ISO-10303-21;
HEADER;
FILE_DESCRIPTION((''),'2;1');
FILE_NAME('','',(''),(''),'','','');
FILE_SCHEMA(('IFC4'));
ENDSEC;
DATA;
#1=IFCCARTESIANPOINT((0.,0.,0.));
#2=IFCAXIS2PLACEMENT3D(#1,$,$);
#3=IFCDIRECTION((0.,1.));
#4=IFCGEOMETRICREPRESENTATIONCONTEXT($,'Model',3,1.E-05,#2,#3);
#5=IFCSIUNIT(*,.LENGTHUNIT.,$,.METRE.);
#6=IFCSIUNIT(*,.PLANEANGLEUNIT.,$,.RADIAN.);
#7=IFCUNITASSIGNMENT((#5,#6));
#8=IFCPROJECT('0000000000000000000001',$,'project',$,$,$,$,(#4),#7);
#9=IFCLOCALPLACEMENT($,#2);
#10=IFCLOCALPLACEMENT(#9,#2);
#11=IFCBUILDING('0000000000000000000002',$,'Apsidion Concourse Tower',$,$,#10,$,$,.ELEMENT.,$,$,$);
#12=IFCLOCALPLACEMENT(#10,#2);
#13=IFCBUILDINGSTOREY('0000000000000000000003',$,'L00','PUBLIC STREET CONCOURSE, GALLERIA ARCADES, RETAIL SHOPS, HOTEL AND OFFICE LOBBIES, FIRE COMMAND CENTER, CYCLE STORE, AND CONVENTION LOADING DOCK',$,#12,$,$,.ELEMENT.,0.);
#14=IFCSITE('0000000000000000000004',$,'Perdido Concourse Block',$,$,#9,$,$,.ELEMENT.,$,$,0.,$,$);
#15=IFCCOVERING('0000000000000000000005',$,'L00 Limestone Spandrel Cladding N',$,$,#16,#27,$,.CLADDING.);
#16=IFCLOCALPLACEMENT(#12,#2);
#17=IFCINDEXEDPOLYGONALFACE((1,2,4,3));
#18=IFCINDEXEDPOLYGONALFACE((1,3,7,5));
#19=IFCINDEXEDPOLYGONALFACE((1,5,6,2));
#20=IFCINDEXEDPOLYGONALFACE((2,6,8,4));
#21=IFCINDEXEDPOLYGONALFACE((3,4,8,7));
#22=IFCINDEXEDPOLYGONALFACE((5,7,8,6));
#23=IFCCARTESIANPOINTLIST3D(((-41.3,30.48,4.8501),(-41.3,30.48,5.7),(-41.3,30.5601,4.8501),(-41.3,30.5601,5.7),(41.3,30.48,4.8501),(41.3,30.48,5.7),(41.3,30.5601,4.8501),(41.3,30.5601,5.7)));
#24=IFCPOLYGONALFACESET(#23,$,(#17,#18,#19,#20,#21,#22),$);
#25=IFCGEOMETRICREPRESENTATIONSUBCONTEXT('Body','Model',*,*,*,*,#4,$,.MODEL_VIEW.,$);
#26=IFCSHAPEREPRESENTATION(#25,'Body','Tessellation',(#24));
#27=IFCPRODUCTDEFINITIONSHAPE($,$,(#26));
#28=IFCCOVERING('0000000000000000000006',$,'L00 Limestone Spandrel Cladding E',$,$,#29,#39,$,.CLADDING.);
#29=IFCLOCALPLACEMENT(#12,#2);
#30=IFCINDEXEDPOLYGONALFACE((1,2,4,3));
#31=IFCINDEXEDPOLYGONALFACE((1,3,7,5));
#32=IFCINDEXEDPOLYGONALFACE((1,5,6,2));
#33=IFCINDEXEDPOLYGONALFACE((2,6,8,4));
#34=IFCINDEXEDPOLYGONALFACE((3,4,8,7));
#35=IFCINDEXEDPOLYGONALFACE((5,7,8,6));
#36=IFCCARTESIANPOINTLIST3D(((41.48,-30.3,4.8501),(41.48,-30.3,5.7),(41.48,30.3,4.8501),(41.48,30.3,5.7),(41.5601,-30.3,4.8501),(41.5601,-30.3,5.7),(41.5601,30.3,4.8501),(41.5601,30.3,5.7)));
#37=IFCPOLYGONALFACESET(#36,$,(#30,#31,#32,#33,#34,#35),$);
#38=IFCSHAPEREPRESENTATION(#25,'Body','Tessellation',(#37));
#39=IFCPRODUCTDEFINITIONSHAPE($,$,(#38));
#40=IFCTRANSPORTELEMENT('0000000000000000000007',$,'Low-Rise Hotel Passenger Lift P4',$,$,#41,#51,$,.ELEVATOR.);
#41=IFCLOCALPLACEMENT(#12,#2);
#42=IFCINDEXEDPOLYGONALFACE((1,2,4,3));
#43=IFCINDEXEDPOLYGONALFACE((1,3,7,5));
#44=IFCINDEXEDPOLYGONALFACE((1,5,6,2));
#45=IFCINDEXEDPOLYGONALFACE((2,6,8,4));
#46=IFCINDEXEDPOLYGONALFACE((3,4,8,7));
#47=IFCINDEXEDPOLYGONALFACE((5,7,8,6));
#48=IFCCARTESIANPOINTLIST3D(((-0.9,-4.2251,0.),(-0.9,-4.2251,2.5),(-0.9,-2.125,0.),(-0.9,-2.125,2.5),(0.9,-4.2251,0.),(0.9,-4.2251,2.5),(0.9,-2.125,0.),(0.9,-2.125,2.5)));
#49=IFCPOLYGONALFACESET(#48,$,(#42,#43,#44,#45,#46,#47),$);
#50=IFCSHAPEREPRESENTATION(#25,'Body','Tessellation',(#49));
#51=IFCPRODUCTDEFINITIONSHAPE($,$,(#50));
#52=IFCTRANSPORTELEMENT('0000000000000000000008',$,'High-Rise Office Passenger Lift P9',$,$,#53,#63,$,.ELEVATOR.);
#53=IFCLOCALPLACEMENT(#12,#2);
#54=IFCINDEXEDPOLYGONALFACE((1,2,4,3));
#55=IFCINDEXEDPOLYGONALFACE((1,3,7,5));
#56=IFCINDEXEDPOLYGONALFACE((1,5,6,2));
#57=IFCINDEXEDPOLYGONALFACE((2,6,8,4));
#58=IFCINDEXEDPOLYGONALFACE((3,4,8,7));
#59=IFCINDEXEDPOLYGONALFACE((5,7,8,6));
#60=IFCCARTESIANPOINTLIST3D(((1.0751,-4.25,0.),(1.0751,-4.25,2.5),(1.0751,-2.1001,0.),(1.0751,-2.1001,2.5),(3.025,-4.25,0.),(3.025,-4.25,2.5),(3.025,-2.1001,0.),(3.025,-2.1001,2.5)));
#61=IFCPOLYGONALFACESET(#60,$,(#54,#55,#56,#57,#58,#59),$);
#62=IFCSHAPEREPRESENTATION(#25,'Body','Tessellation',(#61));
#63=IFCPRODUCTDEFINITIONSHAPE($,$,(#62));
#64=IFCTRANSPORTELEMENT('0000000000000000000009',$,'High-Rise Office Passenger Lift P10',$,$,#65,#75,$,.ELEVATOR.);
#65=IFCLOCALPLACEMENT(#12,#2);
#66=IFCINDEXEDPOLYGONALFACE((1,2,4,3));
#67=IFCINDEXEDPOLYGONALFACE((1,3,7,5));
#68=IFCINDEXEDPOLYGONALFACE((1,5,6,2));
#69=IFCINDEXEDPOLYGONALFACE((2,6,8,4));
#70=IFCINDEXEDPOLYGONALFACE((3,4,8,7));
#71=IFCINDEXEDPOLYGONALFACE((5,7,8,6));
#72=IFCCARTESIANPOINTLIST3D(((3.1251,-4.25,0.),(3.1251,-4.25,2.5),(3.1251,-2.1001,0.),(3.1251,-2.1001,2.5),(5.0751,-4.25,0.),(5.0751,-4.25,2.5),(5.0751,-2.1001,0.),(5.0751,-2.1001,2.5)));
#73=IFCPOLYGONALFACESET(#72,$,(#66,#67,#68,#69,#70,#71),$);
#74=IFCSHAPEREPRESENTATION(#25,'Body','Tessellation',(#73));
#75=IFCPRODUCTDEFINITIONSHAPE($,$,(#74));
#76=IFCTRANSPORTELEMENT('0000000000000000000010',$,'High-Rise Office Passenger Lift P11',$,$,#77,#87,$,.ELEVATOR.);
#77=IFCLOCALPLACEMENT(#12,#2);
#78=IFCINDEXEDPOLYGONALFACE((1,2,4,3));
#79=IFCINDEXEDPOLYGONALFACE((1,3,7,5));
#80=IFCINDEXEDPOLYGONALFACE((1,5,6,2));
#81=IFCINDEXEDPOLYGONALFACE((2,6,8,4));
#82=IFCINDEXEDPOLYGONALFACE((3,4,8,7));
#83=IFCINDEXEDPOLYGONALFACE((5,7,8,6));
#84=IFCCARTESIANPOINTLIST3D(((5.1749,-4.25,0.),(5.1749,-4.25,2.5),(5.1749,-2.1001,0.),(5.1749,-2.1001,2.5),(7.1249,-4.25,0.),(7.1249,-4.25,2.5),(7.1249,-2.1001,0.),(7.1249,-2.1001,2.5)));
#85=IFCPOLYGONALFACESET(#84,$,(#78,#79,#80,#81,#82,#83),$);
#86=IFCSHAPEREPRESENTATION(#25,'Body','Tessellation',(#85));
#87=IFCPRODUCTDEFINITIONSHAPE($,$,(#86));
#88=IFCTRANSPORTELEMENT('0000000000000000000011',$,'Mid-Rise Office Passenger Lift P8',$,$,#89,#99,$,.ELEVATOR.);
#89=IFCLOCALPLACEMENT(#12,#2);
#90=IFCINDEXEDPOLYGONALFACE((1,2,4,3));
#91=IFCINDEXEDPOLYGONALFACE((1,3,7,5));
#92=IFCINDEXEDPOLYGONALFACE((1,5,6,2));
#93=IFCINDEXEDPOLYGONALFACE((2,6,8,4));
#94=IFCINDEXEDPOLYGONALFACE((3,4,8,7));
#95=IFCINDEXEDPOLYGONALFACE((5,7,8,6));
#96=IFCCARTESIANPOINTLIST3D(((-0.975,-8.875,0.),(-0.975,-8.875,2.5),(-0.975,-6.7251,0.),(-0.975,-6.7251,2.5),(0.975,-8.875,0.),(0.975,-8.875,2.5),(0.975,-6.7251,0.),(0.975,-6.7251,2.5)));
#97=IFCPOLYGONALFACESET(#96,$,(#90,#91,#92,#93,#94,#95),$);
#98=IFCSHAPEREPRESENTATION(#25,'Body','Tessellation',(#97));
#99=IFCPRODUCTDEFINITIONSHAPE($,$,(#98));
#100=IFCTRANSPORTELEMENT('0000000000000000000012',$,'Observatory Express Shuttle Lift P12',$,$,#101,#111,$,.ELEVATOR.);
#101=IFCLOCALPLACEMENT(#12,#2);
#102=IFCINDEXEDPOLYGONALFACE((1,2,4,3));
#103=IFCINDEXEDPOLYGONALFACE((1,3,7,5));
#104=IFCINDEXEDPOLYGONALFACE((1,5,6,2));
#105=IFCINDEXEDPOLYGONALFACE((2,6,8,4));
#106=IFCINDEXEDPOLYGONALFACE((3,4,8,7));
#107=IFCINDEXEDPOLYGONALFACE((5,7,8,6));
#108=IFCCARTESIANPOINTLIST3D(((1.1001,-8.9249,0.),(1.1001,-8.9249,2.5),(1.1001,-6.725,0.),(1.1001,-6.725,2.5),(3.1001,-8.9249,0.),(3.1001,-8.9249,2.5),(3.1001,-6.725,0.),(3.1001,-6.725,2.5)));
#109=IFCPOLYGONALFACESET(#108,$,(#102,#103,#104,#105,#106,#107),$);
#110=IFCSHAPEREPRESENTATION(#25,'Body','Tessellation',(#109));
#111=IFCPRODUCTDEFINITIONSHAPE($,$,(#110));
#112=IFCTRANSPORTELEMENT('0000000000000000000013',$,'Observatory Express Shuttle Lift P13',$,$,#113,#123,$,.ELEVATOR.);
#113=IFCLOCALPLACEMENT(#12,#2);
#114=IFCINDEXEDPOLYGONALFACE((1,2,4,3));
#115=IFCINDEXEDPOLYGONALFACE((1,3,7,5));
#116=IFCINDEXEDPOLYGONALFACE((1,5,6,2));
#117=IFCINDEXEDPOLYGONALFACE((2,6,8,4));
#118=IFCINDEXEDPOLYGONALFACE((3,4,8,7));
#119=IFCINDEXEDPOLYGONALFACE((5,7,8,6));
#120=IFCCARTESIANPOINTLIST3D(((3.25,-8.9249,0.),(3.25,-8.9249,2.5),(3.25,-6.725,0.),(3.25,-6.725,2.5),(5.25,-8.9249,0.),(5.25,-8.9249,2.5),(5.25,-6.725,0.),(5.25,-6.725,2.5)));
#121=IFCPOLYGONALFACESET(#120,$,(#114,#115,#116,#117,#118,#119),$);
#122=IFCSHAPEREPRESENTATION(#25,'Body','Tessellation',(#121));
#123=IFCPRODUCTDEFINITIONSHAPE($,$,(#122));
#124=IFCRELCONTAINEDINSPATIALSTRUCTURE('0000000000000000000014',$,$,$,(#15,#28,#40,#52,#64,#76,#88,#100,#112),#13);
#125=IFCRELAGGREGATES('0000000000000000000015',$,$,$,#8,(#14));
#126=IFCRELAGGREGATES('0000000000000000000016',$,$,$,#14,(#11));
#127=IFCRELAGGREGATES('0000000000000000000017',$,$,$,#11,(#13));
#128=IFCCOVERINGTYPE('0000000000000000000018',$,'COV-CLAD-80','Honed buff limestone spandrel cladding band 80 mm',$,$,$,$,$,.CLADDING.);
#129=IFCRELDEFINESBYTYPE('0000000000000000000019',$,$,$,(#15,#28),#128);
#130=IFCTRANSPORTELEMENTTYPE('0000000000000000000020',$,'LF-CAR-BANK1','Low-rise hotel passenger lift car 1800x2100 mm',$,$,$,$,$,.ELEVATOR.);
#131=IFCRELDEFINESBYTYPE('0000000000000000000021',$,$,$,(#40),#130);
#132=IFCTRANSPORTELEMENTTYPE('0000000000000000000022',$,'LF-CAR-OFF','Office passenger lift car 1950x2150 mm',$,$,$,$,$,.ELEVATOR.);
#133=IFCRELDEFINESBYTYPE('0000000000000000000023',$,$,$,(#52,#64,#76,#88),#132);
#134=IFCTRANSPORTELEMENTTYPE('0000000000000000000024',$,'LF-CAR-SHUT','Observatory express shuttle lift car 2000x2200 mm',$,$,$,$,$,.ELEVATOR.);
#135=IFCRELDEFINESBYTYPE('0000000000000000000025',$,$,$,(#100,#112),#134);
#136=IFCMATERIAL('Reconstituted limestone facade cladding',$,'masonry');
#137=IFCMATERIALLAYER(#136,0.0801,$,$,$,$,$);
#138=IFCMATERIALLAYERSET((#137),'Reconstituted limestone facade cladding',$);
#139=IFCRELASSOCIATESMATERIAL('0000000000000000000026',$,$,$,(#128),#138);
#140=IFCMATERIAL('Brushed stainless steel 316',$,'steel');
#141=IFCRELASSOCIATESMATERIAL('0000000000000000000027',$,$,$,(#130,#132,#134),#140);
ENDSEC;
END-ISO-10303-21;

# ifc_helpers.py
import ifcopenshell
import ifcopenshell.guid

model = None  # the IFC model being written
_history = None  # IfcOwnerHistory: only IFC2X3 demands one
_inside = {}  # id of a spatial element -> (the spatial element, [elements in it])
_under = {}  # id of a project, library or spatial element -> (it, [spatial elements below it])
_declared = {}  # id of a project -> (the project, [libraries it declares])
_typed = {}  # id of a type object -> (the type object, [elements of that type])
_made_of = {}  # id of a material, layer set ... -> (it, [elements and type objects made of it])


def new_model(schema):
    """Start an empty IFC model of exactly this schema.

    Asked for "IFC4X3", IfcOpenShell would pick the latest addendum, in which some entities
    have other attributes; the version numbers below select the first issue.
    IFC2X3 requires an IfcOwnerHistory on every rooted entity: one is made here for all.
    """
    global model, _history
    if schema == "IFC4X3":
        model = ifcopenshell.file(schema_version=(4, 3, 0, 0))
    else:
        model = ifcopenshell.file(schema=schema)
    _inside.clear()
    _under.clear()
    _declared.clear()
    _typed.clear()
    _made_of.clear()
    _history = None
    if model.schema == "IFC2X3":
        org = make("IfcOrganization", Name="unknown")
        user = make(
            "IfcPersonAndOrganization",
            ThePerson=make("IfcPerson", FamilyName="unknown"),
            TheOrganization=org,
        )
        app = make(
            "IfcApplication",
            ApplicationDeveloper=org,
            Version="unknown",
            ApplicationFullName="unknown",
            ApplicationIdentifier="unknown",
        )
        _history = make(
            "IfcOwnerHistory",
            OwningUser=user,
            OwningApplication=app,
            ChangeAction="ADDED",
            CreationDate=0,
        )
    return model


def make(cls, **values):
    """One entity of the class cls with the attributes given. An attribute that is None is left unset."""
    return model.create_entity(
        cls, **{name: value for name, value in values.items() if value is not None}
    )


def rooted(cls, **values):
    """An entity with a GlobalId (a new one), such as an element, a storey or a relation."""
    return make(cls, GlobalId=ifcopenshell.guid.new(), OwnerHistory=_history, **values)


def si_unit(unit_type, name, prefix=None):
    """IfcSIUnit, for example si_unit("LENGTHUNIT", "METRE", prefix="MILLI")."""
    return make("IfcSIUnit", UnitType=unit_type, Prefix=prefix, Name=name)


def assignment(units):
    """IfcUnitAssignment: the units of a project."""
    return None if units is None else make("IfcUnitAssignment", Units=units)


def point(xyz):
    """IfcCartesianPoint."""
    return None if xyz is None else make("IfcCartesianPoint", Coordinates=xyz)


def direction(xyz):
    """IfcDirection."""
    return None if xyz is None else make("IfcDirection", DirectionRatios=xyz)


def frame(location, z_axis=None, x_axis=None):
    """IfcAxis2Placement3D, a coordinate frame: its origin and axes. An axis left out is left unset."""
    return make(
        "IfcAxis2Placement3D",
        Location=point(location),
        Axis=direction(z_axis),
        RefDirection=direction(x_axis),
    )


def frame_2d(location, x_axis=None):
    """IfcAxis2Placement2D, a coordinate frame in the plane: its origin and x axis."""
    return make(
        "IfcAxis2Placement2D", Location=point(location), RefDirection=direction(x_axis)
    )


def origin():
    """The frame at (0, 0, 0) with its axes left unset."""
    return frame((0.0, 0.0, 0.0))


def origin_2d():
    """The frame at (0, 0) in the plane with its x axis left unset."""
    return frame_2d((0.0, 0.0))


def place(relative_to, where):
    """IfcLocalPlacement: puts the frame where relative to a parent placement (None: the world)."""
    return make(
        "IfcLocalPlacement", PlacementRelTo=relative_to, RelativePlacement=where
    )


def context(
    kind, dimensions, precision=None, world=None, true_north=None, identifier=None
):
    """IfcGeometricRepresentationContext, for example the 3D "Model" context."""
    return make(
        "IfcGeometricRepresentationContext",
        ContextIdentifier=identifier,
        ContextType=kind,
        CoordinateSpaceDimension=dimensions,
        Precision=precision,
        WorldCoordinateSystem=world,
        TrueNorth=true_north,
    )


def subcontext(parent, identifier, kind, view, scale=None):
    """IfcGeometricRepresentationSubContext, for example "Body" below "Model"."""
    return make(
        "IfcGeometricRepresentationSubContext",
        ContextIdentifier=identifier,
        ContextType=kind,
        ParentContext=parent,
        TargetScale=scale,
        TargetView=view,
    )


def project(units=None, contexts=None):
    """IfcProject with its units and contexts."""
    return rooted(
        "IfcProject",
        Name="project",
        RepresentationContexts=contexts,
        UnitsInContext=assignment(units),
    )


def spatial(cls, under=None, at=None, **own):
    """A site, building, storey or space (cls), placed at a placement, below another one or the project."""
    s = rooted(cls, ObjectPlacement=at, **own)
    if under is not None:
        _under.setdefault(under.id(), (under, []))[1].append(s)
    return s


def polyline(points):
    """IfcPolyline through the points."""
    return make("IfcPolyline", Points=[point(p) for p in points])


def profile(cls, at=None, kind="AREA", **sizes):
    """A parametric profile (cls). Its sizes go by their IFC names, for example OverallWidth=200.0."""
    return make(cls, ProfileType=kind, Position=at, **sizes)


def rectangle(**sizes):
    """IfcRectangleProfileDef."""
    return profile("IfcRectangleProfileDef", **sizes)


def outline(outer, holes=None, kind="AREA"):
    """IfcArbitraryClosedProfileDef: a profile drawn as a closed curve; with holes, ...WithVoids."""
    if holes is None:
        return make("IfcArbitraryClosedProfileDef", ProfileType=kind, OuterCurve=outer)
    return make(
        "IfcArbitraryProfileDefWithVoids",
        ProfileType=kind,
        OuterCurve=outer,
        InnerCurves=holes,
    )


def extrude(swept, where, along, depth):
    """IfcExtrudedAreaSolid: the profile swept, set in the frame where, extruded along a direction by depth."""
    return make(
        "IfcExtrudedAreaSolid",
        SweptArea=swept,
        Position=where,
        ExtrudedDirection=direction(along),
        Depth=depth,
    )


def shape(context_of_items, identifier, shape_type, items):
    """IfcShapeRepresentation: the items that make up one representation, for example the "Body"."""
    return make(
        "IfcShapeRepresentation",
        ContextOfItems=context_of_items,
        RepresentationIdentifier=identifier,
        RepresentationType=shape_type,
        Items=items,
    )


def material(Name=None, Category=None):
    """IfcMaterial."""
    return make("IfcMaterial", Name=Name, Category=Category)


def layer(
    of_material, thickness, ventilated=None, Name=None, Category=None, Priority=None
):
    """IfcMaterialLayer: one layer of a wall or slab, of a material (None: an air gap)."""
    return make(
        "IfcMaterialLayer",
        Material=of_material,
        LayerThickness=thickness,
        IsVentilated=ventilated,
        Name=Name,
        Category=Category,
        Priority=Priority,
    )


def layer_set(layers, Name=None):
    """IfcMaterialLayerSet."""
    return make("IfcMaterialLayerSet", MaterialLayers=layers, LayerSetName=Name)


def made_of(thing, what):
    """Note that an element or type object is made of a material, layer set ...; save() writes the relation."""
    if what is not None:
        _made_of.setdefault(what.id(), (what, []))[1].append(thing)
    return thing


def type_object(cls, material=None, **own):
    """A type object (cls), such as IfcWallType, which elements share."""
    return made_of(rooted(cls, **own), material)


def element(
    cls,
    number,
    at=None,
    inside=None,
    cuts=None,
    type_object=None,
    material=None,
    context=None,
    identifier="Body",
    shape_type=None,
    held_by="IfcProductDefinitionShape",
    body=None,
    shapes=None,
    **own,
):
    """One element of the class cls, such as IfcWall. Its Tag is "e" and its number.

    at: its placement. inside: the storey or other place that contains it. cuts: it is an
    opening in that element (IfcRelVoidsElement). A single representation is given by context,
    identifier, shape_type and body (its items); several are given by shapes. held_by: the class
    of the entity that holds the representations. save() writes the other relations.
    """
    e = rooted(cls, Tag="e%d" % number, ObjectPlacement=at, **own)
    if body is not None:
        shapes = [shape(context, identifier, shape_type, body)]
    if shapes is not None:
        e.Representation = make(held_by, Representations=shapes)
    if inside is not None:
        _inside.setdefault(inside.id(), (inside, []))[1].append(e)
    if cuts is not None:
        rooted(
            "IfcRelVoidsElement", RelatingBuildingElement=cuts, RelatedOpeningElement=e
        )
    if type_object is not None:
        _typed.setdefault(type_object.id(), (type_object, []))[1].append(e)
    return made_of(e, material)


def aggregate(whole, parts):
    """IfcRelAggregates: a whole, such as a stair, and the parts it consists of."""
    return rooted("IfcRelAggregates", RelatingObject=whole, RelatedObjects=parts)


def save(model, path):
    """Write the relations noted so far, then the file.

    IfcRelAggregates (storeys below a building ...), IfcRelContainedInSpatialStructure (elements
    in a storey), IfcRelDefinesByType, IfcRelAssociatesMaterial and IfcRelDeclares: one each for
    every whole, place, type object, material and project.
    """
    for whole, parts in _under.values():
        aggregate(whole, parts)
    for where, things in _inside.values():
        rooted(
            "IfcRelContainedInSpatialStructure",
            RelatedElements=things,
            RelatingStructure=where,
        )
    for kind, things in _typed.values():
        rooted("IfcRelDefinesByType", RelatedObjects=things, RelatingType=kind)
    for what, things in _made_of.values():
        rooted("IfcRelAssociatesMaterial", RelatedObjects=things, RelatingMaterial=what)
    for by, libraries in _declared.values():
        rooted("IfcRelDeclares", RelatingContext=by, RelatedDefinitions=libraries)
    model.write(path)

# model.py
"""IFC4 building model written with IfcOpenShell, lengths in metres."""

from ifc_helpers import new_model, si_unit, direction, frame, origin, origin_2d, place, context, subcontext, project, spatial, polyline, rectangle, outline, extrude, material, layer, layer_set, type_object, element, save


model = new_model("IFC4")

# Units and contexts
model_context = context("Model", 3, precision=1e-05, world=origin(), true_north=direction((0.0, 1.0)))
body_context = subcontext(model_context, "Body", "Model", "MODEL_VIEW")
ifc_project = project(units=[si_unit("LENGTHUNIT", "METRE"), si_unit("PLANEANGLEUNIT", "RADIAN")], contexts=[model_context])

# Site, building, storey
site_placement = place(None, origin())
site = spatial("IfcSite", under=ifc_project, at=site_placement, Name="Perdido Concourse Block", CompositionType="ELEMENT", RefElevation=0.0)
building_placement = place(site_placement, origin())
building = spatial("IfcBuilding", under=site, at=building_placement, Name="Apsidion Concourse Tower", CompositionType="ELEMENT")
storey_placement = place(building_placement, origin())
storey = spatial("IfcBuildingStorey", under=building, at=storey_placement, Name="L00", Description="PUBLIC STREET CONCOURSE, GALLERIA ARCADES, RETAIL SHOPS, HOTEL AND OFFICE LOBBIES, FIRE COMMAND CENTER, CYCLE STORE, AND CONVENTION LOADING DOCK", CompositionType="ELEMENT", Elevation=0.0)

# Coverings
ifc_material_1 = material(Name="Reconstituted limestone facade cladding", Category="masonry")
ifc_layer_1 = layer(ifc_material_1, 0.0801)
ifc_layer_set_1 = layer_set([ifc_layer_1], Name="Reconstituted limestone facade cladding")
covering_type = type_object("IfcCoveringType", Name="COV-CLAD-80", Description="Honed buff limestone spandrel cladding band 80 mm", PredefinedType="CLADDING", material=ifc_layer_set_1)
covering_1_placement = place(storey_placement, frame((0.0, 0.0, 4.8501)))
element("IfcCovering", 1, at=covering_1_placement, inside=storey, type_object=covering_type, Name="L00 Limestone Spandrel Cladding N", PredefinedType="CLADDING", context=body_context, shape_type="SweptSolid", body=[
    extrude(outline(polyline([(-41.3, 30.48), (41.3, 30.48), (41.3, 30.5601), (-41.3, 30.5601), (-41.3, 30.48)])), origin(), (0.0, 0.0, 1.0), 0.8499),
])
covering_2_placement = place(storey_placement, frame((0.0, 0.0, 4.8501)))
element("IfcCovering", 2, at=covering_2_placement, inside=storey, type_object=covering_type, Name="L00 Limestone Spandrel Cladding E", PredefinedType="CLADDING", context=body_context, shape_type="SweptSolid", body=[
    extrude(outline(polyline([(41.48, 30.3), (41.48, -30.3), (41.5601, -30.3), (41.5601, 30.3), (41.48, 30.3)])), origin(), (0.0, 0.0, 1.0), 0.8499),
])

# Transport elements
ifc_material_2 = material(Name="Brushed stainless steel 316", Category="steel")
transport_element_type_1 = type_object("IfcTransportElementType", Name="LF-CAR-BANK1", Description="Low-rise hotel passenger lift car 1800x2100 mm", PredefinedType="ELEVATOR", material=ifc_material_2)
transport_element_placement = place(storey_placement, frame((0.0, -3.175, 0.0), z_axis=(0.0, 0.0, 1.0), x_axis=(1.0, 0.0, 0.0)))
element("IfcTransportElement", 3, at=transport_element_placement, inside=storey, type_object=transport_element_type_1, Name="Low-Rise Hotel Passenger Lift P4", PredefinedType="ELEVATOR", context=body_context, shape_type="SweptSolid", body=[
    extrude(rectangle(XDim=1.8, YDim=2.1001, at=origin_2d()), origin(), (0.0, 0.0, 1.0), 2.5),
])
transport_element_type_2 = type_object("IfcTransportElementType", Name="LF-CAR-OFF", Description="Office passenger lift car 1950x2150 mm", PredefinedType="ELEVATOR", material=ifc_material_2)
for number, where, z_axis, x_axis, name in (
    (4, (2.05, -3.175, 0.0), (0.0, 0.0, 1.0), (1.0, 0.0, 0.0), "High-Rise Office Passenger Lift P9"),
    (5, (4.1001, -3.175, 0.0), (0.0, 0.0, 1.0), (1.0, 0.0, 0.0), "High-Rise Office Passenger Lift P10"),
    (6, (6.1499, -3.175, 0.0), (0.0, 0.0, 1.0), (1.0, 0.0, 0.0), "High-Rise Office Passenger Lift P11"),
    (7, (0.0, -7.8, 0.0), (0.0, 0.0, 1.0), (1.0, 0.0, 0.0), "Mid-Rise Office Passenger Lift P8"),
):
    element("IfcTransportElement", number, at=place(storey_placement, frame(where, z_axis=z_axis, x_axis=x_axis)), inside=storey, type_object=transport_element_type_2, Name=name, PredefinedType="ELEVATOR", context=body_context, shape_type="SweptSolid", body=[
        extrude(rectangle(XDim=1.95, YDim=2.1499, at=origin_2d()), origin(), (0.0, 0.0, 1.0), 2.5),
    ])
transport_element_type_3 = type_object("IfcTransportElementType", Name="LF-CAR-SHUT", Description="Observatory express shuttle lift car 2000x2200 mm", PredefinedType="ELEVATOR", material=ifc_material_2)
for number, where, z_axis, x_axis, name in (
    (8, (2.1001, -7.825, 0.0), (0.0, 0.0, 1.0), (1.0, 0.0, 0.0), "Observatory Express Shuttle Lift P12"),
    (9, (4.25, -7.825, 0.0), (0.0, 0.0, 1.0), (1.0, 0.0, 0.0), "Observatory Express Shuttle Lift P13"),
):
    element("IfcTransportElement", number, at=place(storey_placement, frame(where, z_axis=z_axis, x_axis=x_axis)), inside=storey, type_object=transport_element_type_3, Name=name, PredefinedType="ELEVATOR", context=body_context, shape_type="SweptSolid", body=[
        extrude(rectangle(XDim=2.0, YDim=2.2, at=origin_2d()), origin(), (0.0, 0.0, 1.0), 2.5),
    ])

save(model, "model.ifc")
